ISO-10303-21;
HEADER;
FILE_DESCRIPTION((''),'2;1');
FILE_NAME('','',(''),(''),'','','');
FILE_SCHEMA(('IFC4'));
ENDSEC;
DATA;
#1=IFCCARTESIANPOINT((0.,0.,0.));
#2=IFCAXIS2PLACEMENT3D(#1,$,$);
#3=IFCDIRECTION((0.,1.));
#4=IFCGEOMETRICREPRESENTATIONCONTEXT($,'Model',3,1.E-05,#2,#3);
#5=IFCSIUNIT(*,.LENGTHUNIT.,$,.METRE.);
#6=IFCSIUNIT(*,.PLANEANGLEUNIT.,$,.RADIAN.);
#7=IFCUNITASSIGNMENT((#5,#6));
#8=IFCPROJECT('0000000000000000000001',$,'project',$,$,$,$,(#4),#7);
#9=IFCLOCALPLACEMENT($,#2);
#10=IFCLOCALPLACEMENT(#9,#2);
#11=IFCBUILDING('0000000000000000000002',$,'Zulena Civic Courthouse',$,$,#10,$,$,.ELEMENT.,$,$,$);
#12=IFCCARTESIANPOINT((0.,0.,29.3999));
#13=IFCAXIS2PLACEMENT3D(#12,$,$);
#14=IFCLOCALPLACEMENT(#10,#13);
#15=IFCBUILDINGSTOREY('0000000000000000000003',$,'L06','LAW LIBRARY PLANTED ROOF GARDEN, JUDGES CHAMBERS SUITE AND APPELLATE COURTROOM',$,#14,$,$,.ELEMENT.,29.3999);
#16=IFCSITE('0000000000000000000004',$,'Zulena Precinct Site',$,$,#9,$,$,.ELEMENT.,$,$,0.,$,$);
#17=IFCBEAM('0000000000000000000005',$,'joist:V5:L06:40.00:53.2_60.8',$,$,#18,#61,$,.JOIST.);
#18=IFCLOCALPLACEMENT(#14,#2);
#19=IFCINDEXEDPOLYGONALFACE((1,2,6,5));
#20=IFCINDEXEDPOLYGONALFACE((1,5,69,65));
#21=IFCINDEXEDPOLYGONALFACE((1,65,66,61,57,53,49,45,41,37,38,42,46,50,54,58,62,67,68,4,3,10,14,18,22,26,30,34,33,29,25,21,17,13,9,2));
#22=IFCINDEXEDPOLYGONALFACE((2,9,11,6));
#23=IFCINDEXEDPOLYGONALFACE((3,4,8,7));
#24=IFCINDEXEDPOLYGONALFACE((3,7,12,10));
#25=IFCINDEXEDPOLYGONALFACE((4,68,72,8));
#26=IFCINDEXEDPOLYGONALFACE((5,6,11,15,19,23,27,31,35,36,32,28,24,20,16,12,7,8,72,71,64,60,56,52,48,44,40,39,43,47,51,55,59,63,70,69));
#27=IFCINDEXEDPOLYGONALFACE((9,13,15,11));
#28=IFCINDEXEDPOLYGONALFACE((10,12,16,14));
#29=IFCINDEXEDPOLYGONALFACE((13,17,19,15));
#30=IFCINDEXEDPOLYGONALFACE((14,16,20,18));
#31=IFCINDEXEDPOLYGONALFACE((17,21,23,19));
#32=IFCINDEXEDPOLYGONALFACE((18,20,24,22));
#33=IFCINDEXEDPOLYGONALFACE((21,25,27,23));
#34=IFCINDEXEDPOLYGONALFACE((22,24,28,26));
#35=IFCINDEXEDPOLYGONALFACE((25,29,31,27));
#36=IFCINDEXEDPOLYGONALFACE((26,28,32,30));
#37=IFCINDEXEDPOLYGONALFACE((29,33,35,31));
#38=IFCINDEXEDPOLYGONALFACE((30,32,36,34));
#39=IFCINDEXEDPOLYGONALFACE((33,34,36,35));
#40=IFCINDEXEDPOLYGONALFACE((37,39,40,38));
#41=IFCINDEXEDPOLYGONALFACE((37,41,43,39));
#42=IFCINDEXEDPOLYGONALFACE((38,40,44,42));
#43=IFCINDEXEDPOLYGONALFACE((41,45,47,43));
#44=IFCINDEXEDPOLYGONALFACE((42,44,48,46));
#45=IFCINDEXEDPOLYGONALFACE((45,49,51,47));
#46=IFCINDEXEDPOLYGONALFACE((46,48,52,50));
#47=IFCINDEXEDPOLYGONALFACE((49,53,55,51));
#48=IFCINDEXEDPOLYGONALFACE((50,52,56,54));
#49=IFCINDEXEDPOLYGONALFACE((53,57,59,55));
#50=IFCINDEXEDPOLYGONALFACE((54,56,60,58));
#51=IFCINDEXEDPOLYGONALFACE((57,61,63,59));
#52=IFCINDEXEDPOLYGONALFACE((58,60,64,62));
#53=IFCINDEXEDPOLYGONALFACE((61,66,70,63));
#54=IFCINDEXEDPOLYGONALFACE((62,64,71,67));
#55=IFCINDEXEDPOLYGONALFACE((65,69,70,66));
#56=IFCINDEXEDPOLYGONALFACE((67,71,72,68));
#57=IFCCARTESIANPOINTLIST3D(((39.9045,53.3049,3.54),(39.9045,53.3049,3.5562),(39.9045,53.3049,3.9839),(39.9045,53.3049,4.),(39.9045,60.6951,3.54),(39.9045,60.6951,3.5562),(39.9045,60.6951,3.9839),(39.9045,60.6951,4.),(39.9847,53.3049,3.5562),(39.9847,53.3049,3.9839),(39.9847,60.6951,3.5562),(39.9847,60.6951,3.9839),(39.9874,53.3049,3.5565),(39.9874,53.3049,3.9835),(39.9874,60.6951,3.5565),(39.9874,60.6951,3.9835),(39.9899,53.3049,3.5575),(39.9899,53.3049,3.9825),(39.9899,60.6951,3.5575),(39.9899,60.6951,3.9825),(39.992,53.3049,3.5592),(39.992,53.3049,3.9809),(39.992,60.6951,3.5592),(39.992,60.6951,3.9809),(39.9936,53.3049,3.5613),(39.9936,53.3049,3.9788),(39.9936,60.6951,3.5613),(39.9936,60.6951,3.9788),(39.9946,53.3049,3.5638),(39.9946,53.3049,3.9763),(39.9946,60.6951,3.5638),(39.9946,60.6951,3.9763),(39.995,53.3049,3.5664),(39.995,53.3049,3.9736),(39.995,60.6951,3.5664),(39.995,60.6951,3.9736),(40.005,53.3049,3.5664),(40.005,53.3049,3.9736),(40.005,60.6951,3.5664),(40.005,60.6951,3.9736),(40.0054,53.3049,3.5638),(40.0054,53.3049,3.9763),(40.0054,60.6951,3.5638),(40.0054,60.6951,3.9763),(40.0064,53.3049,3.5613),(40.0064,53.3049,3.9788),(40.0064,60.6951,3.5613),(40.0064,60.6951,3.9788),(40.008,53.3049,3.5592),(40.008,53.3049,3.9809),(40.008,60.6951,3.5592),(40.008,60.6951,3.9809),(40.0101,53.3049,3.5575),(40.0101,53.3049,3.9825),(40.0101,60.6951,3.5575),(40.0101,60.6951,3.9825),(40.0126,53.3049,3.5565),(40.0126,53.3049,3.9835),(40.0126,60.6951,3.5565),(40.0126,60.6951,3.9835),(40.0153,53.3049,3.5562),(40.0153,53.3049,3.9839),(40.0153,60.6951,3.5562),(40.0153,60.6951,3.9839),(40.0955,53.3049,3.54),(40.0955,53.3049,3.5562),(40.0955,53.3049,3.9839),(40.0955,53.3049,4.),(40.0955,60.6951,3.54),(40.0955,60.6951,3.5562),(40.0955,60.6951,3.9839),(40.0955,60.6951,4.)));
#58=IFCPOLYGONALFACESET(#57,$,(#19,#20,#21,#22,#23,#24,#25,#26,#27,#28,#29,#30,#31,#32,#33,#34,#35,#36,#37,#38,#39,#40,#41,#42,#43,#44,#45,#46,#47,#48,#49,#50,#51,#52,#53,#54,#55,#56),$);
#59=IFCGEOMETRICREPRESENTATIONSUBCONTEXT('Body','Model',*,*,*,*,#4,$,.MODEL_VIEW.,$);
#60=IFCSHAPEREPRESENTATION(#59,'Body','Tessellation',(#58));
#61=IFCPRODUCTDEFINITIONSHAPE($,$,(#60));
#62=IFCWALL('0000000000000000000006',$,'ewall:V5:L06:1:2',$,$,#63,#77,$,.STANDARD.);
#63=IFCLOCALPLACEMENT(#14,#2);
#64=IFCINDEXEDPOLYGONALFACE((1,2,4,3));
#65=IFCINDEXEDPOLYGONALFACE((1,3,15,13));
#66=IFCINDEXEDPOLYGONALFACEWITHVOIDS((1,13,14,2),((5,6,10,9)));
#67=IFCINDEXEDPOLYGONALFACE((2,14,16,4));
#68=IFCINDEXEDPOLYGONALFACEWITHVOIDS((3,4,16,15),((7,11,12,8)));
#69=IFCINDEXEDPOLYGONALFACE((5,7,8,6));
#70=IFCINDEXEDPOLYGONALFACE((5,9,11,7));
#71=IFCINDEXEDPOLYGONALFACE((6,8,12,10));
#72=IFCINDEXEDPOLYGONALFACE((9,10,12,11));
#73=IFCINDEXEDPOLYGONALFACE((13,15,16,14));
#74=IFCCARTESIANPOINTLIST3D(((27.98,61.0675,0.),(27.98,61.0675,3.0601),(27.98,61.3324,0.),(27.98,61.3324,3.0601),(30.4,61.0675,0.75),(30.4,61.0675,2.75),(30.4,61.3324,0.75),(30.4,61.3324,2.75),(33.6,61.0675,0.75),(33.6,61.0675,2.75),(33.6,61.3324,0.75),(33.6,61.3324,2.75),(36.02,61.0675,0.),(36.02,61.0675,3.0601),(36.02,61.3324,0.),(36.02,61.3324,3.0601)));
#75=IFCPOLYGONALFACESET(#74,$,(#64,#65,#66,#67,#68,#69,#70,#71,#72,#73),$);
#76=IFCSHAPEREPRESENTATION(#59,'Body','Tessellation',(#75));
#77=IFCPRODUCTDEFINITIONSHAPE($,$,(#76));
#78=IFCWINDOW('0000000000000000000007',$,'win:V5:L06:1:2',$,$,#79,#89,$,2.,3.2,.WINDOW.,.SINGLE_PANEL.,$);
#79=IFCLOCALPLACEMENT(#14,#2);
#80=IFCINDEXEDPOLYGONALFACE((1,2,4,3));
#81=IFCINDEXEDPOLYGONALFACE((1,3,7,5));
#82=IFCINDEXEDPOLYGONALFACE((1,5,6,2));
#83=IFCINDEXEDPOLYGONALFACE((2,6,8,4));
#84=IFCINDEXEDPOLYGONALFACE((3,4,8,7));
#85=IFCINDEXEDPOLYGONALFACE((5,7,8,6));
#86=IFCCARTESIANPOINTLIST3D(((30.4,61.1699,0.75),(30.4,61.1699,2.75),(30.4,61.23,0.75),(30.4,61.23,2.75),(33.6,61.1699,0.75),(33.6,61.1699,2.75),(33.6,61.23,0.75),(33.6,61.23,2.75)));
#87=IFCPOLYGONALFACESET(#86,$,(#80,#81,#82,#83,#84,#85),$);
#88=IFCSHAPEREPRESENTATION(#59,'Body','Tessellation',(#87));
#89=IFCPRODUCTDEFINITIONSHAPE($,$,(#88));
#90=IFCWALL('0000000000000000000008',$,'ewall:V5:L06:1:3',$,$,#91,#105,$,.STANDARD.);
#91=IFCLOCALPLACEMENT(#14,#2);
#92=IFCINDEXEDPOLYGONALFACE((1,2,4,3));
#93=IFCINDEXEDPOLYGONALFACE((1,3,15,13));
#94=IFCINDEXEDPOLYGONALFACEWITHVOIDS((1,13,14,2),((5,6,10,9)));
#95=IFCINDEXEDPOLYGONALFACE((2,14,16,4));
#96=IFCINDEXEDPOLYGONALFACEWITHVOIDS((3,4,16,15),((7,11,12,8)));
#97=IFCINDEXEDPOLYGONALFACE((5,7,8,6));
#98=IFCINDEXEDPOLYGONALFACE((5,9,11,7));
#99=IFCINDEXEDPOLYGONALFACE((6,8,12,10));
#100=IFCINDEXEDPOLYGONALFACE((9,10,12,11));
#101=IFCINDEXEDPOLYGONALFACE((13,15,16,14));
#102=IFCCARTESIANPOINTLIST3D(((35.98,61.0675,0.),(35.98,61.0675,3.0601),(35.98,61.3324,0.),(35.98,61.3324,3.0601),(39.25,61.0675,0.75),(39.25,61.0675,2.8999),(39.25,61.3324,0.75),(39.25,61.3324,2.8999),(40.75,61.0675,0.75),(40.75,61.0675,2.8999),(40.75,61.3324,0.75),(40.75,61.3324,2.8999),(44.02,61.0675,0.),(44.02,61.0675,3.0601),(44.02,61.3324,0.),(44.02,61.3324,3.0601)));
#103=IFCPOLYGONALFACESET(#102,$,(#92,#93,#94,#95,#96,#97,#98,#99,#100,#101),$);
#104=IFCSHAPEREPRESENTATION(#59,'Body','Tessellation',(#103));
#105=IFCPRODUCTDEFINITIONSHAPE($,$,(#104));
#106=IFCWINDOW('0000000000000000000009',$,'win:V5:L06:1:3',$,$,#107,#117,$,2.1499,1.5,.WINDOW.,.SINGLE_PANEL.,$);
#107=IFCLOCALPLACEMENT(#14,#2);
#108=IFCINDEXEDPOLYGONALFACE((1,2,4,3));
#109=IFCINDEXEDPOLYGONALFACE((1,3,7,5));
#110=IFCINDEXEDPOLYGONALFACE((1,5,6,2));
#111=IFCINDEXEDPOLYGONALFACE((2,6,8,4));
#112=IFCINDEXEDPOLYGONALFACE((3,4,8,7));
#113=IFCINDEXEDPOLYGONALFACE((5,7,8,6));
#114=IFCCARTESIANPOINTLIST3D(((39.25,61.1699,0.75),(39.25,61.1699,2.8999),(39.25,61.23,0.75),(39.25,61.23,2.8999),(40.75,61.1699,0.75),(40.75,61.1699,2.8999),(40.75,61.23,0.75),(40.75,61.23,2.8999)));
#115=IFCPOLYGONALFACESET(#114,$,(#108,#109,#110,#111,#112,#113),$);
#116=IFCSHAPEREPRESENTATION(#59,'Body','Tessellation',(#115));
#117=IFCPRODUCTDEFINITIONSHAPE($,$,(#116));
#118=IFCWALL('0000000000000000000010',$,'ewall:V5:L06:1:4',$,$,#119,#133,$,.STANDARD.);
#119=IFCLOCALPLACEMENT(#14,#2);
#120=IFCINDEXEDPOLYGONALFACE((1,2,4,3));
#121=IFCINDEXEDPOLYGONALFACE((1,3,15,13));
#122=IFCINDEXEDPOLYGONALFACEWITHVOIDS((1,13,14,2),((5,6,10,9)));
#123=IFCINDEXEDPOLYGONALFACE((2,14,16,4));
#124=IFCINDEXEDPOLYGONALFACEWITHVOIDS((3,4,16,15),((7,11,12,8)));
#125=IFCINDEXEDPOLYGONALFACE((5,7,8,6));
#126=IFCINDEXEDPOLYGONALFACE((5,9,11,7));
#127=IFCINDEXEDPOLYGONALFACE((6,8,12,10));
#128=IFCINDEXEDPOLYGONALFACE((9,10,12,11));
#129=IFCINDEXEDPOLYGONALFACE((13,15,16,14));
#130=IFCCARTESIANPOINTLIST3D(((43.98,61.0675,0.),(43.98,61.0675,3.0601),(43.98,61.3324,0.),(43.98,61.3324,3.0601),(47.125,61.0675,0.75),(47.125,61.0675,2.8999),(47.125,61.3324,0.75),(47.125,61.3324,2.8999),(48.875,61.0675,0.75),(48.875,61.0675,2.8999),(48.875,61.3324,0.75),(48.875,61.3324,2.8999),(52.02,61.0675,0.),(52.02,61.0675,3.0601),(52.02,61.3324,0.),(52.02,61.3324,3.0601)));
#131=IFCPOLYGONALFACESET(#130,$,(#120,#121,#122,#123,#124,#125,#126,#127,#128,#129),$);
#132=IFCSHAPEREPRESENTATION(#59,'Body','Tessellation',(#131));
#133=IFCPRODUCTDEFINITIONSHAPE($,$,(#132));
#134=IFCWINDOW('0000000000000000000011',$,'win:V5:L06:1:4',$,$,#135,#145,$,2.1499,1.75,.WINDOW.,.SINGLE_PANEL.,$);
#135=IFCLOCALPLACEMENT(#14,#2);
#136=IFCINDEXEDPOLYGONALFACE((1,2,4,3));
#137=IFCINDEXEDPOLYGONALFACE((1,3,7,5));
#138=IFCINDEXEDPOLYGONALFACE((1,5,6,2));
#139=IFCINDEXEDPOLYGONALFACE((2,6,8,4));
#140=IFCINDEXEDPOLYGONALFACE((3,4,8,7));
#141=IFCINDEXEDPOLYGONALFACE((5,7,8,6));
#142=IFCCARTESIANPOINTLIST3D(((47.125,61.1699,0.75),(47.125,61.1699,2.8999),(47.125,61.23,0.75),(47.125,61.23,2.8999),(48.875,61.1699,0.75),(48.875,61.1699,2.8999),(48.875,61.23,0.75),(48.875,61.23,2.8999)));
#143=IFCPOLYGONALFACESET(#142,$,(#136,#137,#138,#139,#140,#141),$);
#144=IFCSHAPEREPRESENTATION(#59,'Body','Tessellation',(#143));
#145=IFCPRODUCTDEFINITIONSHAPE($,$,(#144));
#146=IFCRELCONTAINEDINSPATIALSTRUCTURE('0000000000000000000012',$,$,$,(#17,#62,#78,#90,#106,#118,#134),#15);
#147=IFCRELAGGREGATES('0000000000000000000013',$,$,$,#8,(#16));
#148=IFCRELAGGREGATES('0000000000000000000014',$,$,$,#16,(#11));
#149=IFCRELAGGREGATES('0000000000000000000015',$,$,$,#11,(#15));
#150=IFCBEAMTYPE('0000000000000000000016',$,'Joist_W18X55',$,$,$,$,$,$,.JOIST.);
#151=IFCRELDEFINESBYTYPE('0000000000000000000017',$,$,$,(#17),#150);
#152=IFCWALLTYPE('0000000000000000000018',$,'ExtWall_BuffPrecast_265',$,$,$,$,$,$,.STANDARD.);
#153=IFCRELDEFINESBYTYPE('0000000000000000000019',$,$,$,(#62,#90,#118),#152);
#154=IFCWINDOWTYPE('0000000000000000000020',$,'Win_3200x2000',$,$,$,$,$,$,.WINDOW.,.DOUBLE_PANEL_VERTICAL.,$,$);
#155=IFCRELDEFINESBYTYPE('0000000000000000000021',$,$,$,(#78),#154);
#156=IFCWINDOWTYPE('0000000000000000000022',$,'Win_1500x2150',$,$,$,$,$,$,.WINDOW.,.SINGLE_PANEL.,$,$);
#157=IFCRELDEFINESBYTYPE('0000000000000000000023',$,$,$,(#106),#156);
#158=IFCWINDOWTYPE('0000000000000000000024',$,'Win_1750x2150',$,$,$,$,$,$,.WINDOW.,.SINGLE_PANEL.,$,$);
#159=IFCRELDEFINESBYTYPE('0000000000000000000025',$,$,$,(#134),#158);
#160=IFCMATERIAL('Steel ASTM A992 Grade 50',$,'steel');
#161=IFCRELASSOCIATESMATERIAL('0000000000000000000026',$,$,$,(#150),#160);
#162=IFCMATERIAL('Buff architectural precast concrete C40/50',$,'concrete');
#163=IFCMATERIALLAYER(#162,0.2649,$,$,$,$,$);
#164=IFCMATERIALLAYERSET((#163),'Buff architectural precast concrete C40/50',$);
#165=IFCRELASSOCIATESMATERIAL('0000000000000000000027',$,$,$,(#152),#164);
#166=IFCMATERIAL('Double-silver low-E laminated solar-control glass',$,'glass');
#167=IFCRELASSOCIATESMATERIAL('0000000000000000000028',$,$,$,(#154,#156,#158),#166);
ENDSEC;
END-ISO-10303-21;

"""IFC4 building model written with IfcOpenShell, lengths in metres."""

from ifc_helpers import new_model, si_unit, direction, frame, frame_2d, origin, origin_2d, place, context, subcontext, project, spatial, rectangle, i_section, extrude, material, layer, layer_set, material_profile, profile_set, type_object, element, fill, save


model = new_model("IFC4")

# Units and contexts
model_context = context("Model", 3, precision=1e-05, world=origin(), true_north=direction((0.0, 1.0)))
body_context = subcontext(model_context, "Body", "Model", "MODEL_VIEW")
ifc_project = project(units=[si_unit("LENGTHUNIT", "METRE"), si_unit("PLANEANGLEUNIT", "RADIAN")], contexts=[model_context])

# Site, building, storey
site_placement = place(None, origin())
site = spatial("IfcSite", under=ifc_project, at=site_placement, Name="Zulena Precinct Site", CompositionType="ELEMENT", RefElevation=0.0)
building_placement = place(site_placement, origin())
building = spatial("IfcBuilding", under=site, at=building_placement, Name="Zulena Civic Courthouse", CompositionType="ELEMENT")
storey_placement = place(building_placement, frame((0.0, 0.0, 29.3999)))
storey = spatial("IfcBuildingStorey", under=building, at=storey_placement, Name="L06", Description="LAW LIBRARY PLANTED ROOF GARDEN, JUDGES CHAMBERS SUITE AND APPELLATE COURTROOM", CompositionType="ELEMENT", Elevation=29.3999)

# Shared definitions
ifc_material_1 = material(Name="Steel ASTM A992 Grade 50", Category="steel")

# Beam
ifc_material_profile_1 = material_profile(ifc_material_1, i_section(OverallWidth=0.1909, OverallDepth=0.46, WebThickness=0.01, FlangeThickness=0.0161, FilletRadius=0.0103, at=origin_2d()), Name="W18X55")
ifc_profile_set_1 = profile_set([ifc_material_profile_1], Name="Steel ASTM A992 Grade 50")
beam_type_1 = type_object("IfcBeamType", Name="Joist_W18X55", PredefinedType="JOIST", material=ifc_profile_set_1)
for number, where, z_axis, x_axis, name in (
    (1, (40.0, 53.3049, 3.77), (0.0, 1.0, 0.0), (-1.0, 0.0, 0.0), "joist:V5:L06:40.00:53.2_60.8"),
):
    element("IfcBeam", number, at=place(storey_placement, frame(where, z_axis=z_axis, x_axis=x_axis)), inside=storey, type_object=beam_type_1, Name=name, PredefinedType="JOIST", context=body_context, shape_type="SweptSolid", body=[
        extrude(i_section(OverallWidth=0.1909, OverallDepth=0.46, WebThickness=0.01, FlangeThickness=0.0161, FilletRadius=0.0103, at=origin_2d()), origin(), (0.0, 0.0, 1.0), 7.3901),
    ])

# Walls, openings, windows
ifc_material_2 = material(Name="Buff architectural precast concrete C40/50", Category="concrete")
ifc_layer_1 = layer(ifc_material_2, 0.2649)
ifc_layer_set_1 = layer_set([ifc_layer_1], Name="Buff architectural precast concrete C40/50")
wall_type_1 = type_object("IfcWallType", Name="ExtWall_BuffPrecast_265", PredefinedType="STANDARD", material=ifc_layer_set_1)
wall_1_placement = place(storey_placement, frame((27.98, 61.2, 0.0), z_axis=(0.0, 0.0, 1.0), x_axis=(1.0, 0.0, 0.0)))
wall_1 = element("IfcWall", 2, at=wall_1_placement, inside=storey, type_object=wall_type_1, Name="ewall:V5:L06:1:2", PredefinedType="STANDARD", context=body_context, shape_type="SweptSolid", body=[
    extrude(rectangle(XDim=8.04, YDim=0.2649, at=frame_2d((4.02, 0.0))), origin(), (0.0, 0.0, 1.0), 3.0601),
])
opening_1_placement = place(wall_1_placement, frame((2.4199, 0.0, 0.75)))
opening_1 = element("IfcOpeningElement", 3, at=opening_1_placement, cuts=wall_1, PredefinedType="OPENING", context=body_context, shape_type="SweptSolid", body=[
    extrude(rectangle(XDim=3.2, YDim=2.0, at=frame_2d((1.6001, 1.0))), frame((0.0, 0.1423, 0.0), z_axis=(0.0, -1.0, 0.0), x_axis=(1.0, 0.0, 0.0)), (0.0, 0.0, 1.0), 0.2849),
])
ifc_material_3 = material(Name="Double-silver low-E laminated solar-control glass", Category="glass")
window_type_1 = type_object("IfcWindowType", Name="Win_3200x2000", PartitioningType="DOUBLE_PANEL_VERTICAL", PredefinedType="WINDOW", material=ifc_material_3)
window_1_placement = place(opening_1_placement, origin())
window_1 = element("IfcWindow", 4, at=window_1_placement, inside=storey, type_object=window_type_1, Name="win:V5:L06:1:2", OverallHeight=2.0, OverallWidth=3.2, PartitioningType="SINGLE_PANEL", PredefinedType="WINDOW", context=body_context, shape_type="SweptSolid", body=[
    extrude(rectangle(XDim=3.2, YDim=2.0, at=frame_2d((1.6001, 1.0))), frame((0.0, 0.03, 0.0), z_axis=(0.0, -1.0, 0.0), x_axis=(1.0, 0.0, 0.0)), (0.0, 0.0, 1.0), 0.0601),
])
fill(opening_1, window_1)
wall_2_placement = place(storey_placement, frame((35.98, 61.2, 0.0), z_axis=(0.0, 0.0, 1.0), x_axis=(1.0, 0.0, 0.0)))
wall_2 = element("IfcWall", 5, at=wall_2_placement, inside=storey, type_object=wall_type_1, Name="ewall:V5:L06:1:3", PredefinedType="STANDARD", context=body_context, shape_type="SweptSolid", body=[
    extrude(rectangle(XDim=8.04, YDim=0.2649, at=frame_2d((4.02, 0.0))), origin(), (0.0, 0.0, 1.0), 3.0601),
])
opening_2_placement = place(wall_2_placement, frame((3.27, 0.0, 0.75)))
opening_2 = element("IfcOpeningElement", 6, at=opening_2_placement, cuts=wall_2, PredefinedType="OPENING", context=body_context, shape_type="SweptSolid", body=[
    extrude(rectangle(XDim=1.5, YDim=2.1499, at=frame_2d((0.75, 1.075))), frame((0.0, 0.1423, 0.0), z_axis=(0.0, -1.0, 0.0), x_axis=(1.0, 0.0, 0.0)), (0.0, 0.0, 1.0), 0.2849),
])
window_type_2 = type_object("IfcWindowType", Name="Win_1500x2150", PartitioningType="SINGLE_PANEL", PredefinedType="WINDOW", material=ifc_material_3)
window_2_placement = place(opening_2_placement, origin())
window_2 = element("IfcWindow", 7, at=window_2_placement, inside=storey, type_object=window_type_2, Name="win:V5:L06:1:3", OverallHeight=2.1499, OverallWidth=1.5, PartitioningType="SINGLE_PANEL", PredefinedType="WINDOW", context=body_context, shape_type="SweptSolid", body=[
    extrude(rectangle(XDim=1.5, YDim=2.1499, at=frame_2d((0.75, 1.075))), frame((0.0, 0.03, 0.0), z_axis=(0.0, -1.0, 0.0), x_axis=(1.0, 0.0, 0.0)), (0.0, 0.0, 1.0), 0.0601),
])
fill(opening_2, window_2)
wall_3_placement = place(storey_placement, frame((43.98, 61.2, 0.0), z_axis=(0.0, 0.0, 1.0), x_axis=(1.0, 0.0, 0.0)))
wall_3 = element("IfcWall", 8, at=wall_3_placement, inside=storey, type_object=wall_type_1, Name="ewall:V5:L06:1:4", PredefinedType="STANDARD", context=body_context, shape_type="SweptSolid", body=[
    extrude(rectangle(XDim=8.04, YDim=0.2649, at=frame_2d((4.02, 0.0))), origin(), (0.0, 0.0, 1.0), 3.0601),
])
opening_3_placement = place(wall_3_placement, frame((3.145, 0.0, 0.75)))
opening_3 = element("IfcOpeningElement", 9, at=opening_3_placement, cuts=wall_3, PredefinedType="OPENING", context=body_context, shape_type="SweptSolid", body=[
    extrude(rectangle(XDim=1.75, YDim=2.1499, at=frame_2d((0.875, 1.075))), frame((0.0, 0.1423, 0.0), z_axis=(0.0, -1.0, 0.0), x_axis=(1.0, 0.0, 0.0)), (0.0, 0.0, 1.0), 0.2849),
])
window_type_3 = type_object("IfcWindowType", Name="Win_1750x2150", PartitioningType="SINGLE_PANEL", PredefinedType="WINDOW", material=ifc_material_3)
window_3_placement = place(opening_3_placement, origin())
window_3 = element("IfcWindow", 10, at=window_3_placement, inside=storey, type_object=window_type_3, Name="win:V5:L06:1:4", OverallHeight=2.1499, OverallWidth=1.75, PartitioningType="SINGLE_PANEL", PredefinedType="WINDOW", context=body_context, shape_type="SweptSolid", body=[
    extrude(rectangle(XDim=1.75, YDim=2.1499, at=frame_2d((0.875, 1.075))), frame((0.0, 0.03, 0.0), z_axis=(0.0, -1.0, 0.0), x_axis=(1.0, 0.0, 0.0)), (0.0, 0.0, 1.0), 0.0601),
])
fill(opening_3, window_3)

save(model, "model.ifc")
